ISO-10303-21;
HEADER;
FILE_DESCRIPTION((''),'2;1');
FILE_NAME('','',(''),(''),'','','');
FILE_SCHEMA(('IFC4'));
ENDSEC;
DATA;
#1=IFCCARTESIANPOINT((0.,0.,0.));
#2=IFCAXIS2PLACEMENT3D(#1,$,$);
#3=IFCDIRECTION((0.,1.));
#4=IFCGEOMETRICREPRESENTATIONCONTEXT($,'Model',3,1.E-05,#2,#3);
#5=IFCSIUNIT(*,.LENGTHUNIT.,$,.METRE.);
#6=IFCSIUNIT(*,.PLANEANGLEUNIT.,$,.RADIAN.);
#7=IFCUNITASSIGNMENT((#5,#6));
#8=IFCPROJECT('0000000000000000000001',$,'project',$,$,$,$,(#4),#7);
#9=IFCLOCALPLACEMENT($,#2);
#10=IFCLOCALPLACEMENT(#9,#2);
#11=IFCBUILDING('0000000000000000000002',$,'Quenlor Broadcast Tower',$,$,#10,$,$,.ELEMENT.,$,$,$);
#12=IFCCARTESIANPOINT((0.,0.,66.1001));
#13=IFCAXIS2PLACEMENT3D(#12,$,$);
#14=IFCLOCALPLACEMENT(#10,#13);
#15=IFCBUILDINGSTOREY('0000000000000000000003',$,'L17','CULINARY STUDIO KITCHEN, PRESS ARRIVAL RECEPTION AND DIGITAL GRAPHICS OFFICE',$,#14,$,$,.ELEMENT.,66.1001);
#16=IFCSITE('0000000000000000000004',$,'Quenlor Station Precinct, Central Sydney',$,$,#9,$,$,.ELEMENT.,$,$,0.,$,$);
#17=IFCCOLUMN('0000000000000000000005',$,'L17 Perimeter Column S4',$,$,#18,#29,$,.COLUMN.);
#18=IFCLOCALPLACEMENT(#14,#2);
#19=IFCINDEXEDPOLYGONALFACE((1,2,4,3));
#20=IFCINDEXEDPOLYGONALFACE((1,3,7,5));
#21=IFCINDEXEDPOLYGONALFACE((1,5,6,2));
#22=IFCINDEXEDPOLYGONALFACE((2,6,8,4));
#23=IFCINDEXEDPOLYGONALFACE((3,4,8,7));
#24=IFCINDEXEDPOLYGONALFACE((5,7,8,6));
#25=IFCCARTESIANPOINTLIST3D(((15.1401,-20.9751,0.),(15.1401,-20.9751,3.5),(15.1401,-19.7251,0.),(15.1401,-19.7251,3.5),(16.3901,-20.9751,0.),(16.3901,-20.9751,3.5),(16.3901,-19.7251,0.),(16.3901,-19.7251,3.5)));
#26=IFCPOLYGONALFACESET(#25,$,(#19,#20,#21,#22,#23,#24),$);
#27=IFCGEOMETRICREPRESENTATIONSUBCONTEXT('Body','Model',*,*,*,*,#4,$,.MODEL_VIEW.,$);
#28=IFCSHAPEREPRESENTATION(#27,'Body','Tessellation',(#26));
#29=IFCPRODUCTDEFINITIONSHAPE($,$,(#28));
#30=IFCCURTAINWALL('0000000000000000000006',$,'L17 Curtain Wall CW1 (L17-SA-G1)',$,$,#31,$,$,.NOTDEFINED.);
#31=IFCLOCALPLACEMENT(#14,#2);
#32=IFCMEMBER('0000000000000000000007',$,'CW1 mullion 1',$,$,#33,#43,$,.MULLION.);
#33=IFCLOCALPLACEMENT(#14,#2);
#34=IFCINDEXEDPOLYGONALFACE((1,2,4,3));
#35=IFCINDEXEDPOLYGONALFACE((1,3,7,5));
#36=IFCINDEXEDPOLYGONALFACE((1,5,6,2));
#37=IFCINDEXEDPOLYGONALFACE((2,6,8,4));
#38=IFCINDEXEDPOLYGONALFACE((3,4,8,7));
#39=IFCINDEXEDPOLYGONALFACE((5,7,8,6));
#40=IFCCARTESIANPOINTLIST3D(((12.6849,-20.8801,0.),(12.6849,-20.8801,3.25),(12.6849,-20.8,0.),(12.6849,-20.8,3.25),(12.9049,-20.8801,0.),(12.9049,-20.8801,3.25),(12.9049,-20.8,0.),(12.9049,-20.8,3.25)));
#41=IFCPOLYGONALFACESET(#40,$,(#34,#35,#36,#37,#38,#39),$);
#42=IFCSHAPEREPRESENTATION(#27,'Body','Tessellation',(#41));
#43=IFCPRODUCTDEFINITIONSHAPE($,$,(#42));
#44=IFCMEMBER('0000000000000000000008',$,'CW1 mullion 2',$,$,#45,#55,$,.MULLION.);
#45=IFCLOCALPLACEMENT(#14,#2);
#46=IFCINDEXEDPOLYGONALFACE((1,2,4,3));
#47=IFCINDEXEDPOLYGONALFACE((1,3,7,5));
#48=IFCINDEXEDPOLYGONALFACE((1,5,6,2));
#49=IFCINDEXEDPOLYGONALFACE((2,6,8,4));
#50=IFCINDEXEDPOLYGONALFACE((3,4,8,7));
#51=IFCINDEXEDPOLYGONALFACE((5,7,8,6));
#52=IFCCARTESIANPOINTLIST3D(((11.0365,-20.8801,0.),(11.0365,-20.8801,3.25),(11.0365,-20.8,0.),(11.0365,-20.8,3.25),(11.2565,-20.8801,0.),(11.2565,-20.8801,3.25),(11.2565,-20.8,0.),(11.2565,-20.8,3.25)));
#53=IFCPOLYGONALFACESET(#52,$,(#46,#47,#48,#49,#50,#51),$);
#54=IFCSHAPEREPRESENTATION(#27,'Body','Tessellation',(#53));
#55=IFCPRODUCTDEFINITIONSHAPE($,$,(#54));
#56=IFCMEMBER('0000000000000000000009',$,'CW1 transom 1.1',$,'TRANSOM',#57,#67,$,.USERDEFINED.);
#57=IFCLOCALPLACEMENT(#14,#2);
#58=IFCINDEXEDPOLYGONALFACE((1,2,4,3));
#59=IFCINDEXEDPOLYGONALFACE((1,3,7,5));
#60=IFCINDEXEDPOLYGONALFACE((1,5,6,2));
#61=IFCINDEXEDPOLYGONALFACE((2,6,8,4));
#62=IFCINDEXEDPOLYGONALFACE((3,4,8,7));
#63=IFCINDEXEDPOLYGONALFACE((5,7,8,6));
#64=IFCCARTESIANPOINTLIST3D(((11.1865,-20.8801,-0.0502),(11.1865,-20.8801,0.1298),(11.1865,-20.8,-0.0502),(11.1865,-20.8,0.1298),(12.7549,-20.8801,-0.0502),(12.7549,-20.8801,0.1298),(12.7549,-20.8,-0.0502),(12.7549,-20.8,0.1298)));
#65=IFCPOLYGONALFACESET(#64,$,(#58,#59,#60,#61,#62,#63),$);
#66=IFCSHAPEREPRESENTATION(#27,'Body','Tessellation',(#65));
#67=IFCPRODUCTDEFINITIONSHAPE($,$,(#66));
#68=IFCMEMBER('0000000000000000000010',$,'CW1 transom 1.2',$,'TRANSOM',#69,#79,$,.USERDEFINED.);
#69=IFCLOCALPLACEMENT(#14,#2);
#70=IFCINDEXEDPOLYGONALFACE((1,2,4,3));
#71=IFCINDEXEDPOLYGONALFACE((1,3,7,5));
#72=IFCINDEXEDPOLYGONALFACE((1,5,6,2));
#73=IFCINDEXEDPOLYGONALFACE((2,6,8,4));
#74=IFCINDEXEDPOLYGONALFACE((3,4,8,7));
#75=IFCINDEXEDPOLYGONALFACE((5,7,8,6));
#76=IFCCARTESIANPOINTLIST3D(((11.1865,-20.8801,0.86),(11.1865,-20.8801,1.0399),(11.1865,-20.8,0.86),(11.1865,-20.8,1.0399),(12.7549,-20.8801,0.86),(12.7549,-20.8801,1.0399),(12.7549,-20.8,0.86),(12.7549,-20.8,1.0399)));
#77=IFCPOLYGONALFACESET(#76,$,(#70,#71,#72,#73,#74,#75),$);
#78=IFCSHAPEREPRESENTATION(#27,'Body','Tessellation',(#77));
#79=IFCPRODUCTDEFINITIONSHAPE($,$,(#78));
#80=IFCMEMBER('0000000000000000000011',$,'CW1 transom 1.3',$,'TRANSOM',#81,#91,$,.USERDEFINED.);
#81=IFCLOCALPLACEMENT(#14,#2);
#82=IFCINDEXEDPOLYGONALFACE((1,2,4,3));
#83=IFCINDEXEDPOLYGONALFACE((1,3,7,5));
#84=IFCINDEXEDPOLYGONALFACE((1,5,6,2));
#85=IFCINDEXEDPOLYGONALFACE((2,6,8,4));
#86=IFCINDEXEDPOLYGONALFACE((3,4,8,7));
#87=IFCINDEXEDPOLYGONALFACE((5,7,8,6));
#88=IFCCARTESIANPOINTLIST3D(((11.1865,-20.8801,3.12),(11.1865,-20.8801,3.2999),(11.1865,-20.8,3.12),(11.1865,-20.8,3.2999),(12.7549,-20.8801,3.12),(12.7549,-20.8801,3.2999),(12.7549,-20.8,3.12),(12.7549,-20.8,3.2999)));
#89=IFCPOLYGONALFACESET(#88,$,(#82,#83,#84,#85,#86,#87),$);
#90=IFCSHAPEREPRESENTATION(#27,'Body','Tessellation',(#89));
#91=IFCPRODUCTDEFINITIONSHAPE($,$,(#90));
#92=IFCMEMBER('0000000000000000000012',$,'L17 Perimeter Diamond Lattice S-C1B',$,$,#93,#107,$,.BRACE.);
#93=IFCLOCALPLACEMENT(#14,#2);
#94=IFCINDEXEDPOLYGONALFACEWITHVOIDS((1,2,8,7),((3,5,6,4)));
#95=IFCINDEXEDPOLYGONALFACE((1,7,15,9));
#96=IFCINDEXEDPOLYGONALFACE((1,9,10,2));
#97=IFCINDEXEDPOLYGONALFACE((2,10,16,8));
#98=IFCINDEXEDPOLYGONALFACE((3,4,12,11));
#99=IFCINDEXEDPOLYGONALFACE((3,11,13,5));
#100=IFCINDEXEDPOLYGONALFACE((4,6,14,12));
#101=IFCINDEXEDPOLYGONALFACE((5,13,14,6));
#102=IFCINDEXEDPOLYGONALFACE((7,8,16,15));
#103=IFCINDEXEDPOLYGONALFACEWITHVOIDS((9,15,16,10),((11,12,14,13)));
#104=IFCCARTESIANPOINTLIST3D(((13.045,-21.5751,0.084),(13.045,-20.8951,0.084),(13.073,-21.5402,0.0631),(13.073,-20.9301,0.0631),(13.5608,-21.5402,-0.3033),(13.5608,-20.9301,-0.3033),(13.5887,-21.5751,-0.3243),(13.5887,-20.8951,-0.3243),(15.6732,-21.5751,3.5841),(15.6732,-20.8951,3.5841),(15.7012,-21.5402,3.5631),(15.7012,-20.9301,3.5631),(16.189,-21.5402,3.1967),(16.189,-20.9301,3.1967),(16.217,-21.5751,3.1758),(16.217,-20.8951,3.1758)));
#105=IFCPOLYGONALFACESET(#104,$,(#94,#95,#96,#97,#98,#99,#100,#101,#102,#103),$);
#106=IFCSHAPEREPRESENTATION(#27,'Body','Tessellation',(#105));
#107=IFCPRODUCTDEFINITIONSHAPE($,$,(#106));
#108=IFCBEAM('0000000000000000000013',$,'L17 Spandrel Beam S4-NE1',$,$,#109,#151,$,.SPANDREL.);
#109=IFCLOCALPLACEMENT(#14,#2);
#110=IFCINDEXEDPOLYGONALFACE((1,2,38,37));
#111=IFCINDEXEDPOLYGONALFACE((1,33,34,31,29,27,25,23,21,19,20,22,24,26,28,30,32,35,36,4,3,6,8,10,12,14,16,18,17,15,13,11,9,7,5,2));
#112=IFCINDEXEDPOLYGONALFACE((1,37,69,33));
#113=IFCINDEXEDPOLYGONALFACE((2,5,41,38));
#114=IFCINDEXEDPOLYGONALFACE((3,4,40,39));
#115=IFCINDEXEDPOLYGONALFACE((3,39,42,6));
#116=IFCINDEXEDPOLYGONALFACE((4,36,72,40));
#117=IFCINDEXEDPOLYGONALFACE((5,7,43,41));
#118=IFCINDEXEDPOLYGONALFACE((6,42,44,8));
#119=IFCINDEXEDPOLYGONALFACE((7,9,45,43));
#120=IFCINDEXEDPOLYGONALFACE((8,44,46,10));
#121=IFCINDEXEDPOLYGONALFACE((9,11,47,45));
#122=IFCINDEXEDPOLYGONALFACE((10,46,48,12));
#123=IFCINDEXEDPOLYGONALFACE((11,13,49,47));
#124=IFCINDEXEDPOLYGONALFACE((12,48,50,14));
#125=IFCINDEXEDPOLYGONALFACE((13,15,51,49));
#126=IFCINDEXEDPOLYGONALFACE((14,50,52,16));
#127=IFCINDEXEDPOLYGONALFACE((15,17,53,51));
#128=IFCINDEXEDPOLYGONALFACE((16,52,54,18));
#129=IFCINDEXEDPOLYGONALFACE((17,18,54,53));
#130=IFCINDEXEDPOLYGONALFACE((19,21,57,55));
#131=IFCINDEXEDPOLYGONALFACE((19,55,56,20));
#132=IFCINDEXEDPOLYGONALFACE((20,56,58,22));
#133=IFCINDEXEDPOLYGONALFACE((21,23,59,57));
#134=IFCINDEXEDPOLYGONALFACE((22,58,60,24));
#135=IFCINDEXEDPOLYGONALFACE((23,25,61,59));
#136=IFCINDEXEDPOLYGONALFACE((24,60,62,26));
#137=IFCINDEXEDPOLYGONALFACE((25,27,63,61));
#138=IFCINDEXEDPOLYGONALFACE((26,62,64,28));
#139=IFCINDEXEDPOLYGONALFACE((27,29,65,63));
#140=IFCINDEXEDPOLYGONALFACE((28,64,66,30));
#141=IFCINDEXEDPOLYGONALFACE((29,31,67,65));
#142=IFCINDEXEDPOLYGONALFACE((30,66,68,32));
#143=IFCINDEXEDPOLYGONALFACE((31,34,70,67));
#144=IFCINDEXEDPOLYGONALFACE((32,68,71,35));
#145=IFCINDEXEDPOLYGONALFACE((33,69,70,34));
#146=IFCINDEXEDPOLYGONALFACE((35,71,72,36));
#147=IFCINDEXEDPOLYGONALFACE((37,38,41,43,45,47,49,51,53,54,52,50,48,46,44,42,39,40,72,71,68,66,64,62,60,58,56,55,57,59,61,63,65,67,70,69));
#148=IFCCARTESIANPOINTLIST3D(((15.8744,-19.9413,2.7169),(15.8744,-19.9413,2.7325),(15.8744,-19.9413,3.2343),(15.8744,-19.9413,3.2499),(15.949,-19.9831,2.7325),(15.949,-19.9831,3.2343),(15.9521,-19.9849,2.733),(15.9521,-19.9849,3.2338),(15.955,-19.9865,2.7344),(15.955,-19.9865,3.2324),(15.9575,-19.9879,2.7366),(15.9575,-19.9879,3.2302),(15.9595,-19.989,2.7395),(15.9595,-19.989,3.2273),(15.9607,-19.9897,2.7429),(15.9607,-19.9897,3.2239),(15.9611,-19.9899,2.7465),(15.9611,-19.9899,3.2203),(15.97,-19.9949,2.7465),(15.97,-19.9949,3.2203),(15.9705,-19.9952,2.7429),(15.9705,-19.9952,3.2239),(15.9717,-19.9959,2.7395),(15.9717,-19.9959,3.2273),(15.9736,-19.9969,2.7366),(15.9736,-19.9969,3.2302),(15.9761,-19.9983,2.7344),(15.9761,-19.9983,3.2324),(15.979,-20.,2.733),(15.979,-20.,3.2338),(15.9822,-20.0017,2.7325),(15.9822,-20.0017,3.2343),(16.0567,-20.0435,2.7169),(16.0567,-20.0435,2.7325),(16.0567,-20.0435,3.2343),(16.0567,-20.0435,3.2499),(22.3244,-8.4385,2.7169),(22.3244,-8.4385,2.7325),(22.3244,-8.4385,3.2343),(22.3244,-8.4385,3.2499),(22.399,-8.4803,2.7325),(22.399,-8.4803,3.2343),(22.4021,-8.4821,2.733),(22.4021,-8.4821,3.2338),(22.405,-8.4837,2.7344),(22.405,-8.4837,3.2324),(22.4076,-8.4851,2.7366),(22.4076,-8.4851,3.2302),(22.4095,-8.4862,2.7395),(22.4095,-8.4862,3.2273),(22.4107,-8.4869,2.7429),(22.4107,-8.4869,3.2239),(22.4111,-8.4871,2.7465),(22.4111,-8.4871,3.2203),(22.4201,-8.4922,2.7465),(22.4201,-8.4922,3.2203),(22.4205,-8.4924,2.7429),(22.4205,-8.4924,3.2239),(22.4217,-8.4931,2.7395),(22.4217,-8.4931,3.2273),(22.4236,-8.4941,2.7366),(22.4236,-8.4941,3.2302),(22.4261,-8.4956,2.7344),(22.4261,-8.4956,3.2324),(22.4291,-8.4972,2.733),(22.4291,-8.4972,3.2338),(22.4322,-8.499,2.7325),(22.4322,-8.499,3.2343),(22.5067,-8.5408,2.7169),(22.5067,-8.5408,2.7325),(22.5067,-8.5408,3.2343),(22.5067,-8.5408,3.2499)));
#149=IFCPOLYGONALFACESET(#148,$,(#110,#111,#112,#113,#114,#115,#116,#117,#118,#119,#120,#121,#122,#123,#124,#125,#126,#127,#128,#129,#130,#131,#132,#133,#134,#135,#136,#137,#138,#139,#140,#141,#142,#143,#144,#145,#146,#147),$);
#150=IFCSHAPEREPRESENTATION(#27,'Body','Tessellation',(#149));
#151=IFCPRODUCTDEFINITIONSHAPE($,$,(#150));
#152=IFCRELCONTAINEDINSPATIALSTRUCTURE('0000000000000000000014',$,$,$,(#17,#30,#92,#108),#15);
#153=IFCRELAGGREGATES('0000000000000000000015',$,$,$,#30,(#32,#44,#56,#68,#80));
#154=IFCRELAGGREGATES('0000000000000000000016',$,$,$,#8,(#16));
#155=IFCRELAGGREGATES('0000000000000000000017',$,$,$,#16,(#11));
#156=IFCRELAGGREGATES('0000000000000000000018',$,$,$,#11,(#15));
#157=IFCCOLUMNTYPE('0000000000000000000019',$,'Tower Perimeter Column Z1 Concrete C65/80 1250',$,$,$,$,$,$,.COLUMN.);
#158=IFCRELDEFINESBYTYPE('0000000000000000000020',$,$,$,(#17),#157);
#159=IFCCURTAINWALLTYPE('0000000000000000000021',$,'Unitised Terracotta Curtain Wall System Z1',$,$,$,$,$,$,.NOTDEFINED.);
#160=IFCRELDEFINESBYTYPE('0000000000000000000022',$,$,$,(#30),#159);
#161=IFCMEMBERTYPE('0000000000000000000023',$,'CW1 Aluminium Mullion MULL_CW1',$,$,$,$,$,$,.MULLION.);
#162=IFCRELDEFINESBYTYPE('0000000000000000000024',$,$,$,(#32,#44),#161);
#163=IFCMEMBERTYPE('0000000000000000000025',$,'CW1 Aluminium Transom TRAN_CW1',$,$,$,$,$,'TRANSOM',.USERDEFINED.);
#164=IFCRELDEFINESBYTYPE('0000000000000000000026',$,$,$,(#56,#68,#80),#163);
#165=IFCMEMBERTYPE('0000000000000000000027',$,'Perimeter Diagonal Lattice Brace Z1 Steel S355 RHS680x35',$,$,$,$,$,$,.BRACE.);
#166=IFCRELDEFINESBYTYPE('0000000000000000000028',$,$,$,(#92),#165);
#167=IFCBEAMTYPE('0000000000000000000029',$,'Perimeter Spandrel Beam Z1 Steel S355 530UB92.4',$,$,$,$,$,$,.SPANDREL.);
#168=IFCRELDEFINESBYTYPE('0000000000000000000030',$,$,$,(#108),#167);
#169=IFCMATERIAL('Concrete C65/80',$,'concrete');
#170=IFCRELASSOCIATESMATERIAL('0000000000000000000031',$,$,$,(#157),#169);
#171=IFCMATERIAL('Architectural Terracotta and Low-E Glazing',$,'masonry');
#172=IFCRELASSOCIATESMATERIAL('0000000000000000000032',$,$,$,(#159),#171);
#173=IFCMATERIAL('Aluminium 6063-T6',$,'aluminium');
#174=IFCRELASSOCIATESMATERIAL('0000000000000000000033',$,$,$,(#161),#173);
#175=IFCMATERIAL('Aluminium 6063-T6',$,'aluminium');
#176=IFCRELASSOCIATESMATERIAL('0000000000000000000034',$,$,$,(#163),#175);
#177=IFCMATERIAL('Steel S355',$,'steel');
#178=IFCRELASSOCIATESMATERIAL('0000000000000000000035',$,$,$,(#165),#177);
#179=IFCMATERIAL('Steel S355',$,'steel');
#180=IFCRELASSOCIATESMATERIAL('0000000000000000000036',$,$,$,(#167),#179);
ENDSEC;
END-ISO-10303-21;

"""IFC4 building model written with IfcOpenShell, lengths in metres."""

from ifc_helpers import new_model, si_unit, direction, frame, origin, origin_2d, place, context, subcontext, project, spatial, rectangle, hollow_rectangle, i_section, extrude, material, material_profile, profile_set, type_object, element, aggregate, save


model = new_model("IFC4")

# Units and contexts
model_context = context("Model", 3, precision=1e-05, world=origin(), true_north=direction((0.0, 1.0)))
body_context = subcontext(model_context, "Body", "Model", "MODEL_VIEW")
ifc_project = project(units=[si_unit("LENGTHUNIT", "METRE"), si_unit("PLANEANGLEUNIT", "RADIAN")], contexts=[model_context])

# Site, building, storey
site_placement = place(None, origin())
site = spatial("IfcSite", under=ifc_project, at=site_placement, Name="Quenlor Station Precinct, Central Sydney", CompositionType="ELEMENT", RefElevation=0.0)
building_placement = place(site_placement, origin())
building = spatial("IfcBuilding", under=site, at=building_placement, Name="Quenlor Broadcast Tower", CompositionType="ELEMENT")
storey_placement = place(building_placement, frame((0.0, 0.0, 66.1001)))
storey = spatial("IfcBuildingStorey", under=building, at=storey_placement, Name="L17", Description="CULINARY STUDIO KITCHEN, PRESS ARRIVAL RECEPTION AND DIGITAL GRAPHICS OFFICE", CompositionType="ELEMENT", Elevation=66.1001)

# Column
ifc_material_1 = material(Name="Concrete C65/80", Category="concrete")
ifc_material_profile_1 = material_profile(ifc_material_1, rectangle(XDim=1.25, YDim=1.25, at=origin_2d()))
ifc_profile_set_1 = profile_set([ifc_material_profile_1], Name="Concrete C65/80 RC1250x1250")
column_type = type_object("IfcColumnType", Name="Tower Perimeter Column Z1 Concrete C65/80 1250", PredefinedType="COLUMN", material=ifc_profile_set_1)
column_placement = place(storey_placement, frame((15.7651, -20.3501, 0.0), z_axis=(0.0, 0.0, 1.0), x_axis=(0.0, 1.0, 0.0)))
element("IfcColumn", 1, at=column_placement, inside=storey, type_object=column_type, Name="L17 Perimeter Column S4", PredefinedType="COLUMN", context=body_context, shape_type="SweptSolid", body=[
    extrude(rectangle(XDim=1.25, YDim=1.25, at=origin_2d()), origin(), (0.0, 0.0, 1.0), 3.5),
])

# Curtain wall, members
ifc_material_2 = material(Name="Architectural Terracotta and Low-E Glazing", Category="masonry")
curtain_wall_type = type_object("IfcCurtainWallType", Name="Unitised Terracotta Curtain Wall System Z1", PredefinedType="NOTDEFINED", material=ifc_material_2)
curtain_wall_placement = place(storey_placement, origin())
curtain_wall = element("IfcCurtainWall", 2, at=curtain_wall_placement, inside=storey, type_object=curtain_wall_type, Name="L17 Curtain Wall CW1 (L17-SA-G1)", PredefinedType="NOTDEFINED")
ifc_material_3 = material(Name="Aluminium 6063-T6", Category="aluminium")
ifc_material_profile_2 = material_profile(ifc_material_3, rectangle(XDim=0.0801, YDim=0.22, at=origin_2d()))
ifc_profile_set_2 = profile_set([ifc_material_profile_2], Name="Aluminium 6063-T6 MULL80x220")
member_type_1 = type_object("IfcMemberType", Name="CW1 Aluminium Mullion MULL_CW1", PredefinedType="MULLION", material=ifc_profile_set_2)
member_1_placement = place(storey_placement, frame((12.7949, -20.8401, 0.0), z_axis=(0.0, 0.0, 1.0), x_axis=(0.0, -1.0, 0.0)))
member_1 = element("IfcMember", 3, at=member_1_placement, type_object=member_type_1, Name="CW1 mullion 1", PredefinedType="MULLION", context=body_context, shape_type="SweptSolid", body=[
    extrude(rectangle(XDim=0.0801, YDim=0.22, at=origin_2d()), origin(), (0.0, 0.0, 1.0), 3.25),
])
member_2_placement = place(storey_placement, frame((11.1465, -20.8401, 0.0), z_axis=(0.0, 0.0, 1.0), x_axis=(0.0, -1.0, 0.0)))
member_2 = element("IfcMember", 4, at=member_2_placement, type_object=member_type_1, Name="CW1 mullion 2", PredefinedType="MULLION", context=body_context, shape_type="SweptSolid", body=[
    extrude(rectangle(XDim=0.0801, YDim=0.22, at=origin_2d()), origin(), (0.0, 0.0, 1.0), 3.25),
])
ifc_material_4 = material(Name="Aluminium 6063-T6", Category="aluminium")
ifc_material_profile_3 = material_profile(ifc_material_4, rectangle(XDim=0.0801, YDim=0.1799, at=origin_2d()))
ifc_profile_set_3 = profile_set([ifc_material_profile_3], Name="Aluminium 6063-T6 TRAN80x180")
member_type_2 = type_object("IfcMemberType", Name="CW1 Aluminium Transom TRAN_CW1", ElementType="TRANSOM", PredefinedType="USERDEFINED", material=ifc_profile_set_3)
member_3_placement = place(storey_placement, frame((12.7549, -20.8401, 0.0398), z_axis=(-1.0, 0.0, 0.0), x_axis=(0.0, -1.0, 0.0)))
member_3 = element("IfcMember", 5, at=member_3_placement, type_object=member_type_2, Name="CW1 transom 1.1", ObjectType="TRANSOM", PredefinedType="USERDEFINED", context=body_context, shape_type="SweptSolid", body=[
    extrude(rectangle(XDim=0.0801, YDim=0.1799, at=origin_2d()), origin(), (0.0, 0.0, 1.0), 1.5684),
])
member_4_placement = place(storey_placement, frame((12.7549, -20.8401, 0.95), z_axis=(-1.0, 0.0, 0.0), x_axis=(0.0, -1.0, 0.0)))
member_4 = element("IfcMember", 6, at=member_4_placement, type_object=member_type_2, Name="CW1 transom 1.2", ObjectType="TRANSOM", PredefinedType="USERDEFINED", context=body_context, shape_type="SweptSolid", body=[
    extrude(rectangle(XDim=0.0801, YDim=0.1799, at=origin_2d()), origin(), (0.0, 0.0, 1.0), 1.5684),
])
member_5_placement = place(storey_placement, frame((12.7549, -20.8401, 3.21), z_axis=(-1.0, 0.0, 0.0), x_axis=(0.0, -1.0, 0.0)))
member_5 = element("IfcMember", 7, at=member_5_placement, type_object=member_type_2, Name="CW1 transom 1.3", ObjectType="TRANSOM", PredefinedType="USERDEFINED", context=body_context, shape_type="SweptSolid", body=[
    extrude(rectangle(XDim=0.0801, YDim=0.1799, at=origin_2d()), origin(), (0.0, 0.0, 1.0), 1.5684),
])

# Member
ifc_material_5 = material(Name="Steel S355", Category="steel")
ifc_material_profile_4 = material_profile(ifc_material_5, hollow_rectangle(XDim=0.6799, YDim=0.6799, WallThickness=0.0349, at=origin_2d()))
ifc_profile_set_4 = profile_set([ifc_material_profile_4], Name="Steel S355 RHS680x680x35")
member_type_3 = type_object("IfcMemberType", Name="Perimeter Diagonal Lattice Brace Z1 Steel S355 RHS680x35", PredefinedType="BRACE", material=ifc_profile_set_4)
member_6_placement = place(storey_placement, frame((13.3169, -21.2351, -0.1201), z_axis=(0.600464, 0.0, 0.799652), x_axis=(0.0, 1.0, 0.0)))
element("IfcMember", 8, at=member_6_placement, inside=storey, type_object=member_type_3, Name="L17 Perimeter Diamond Lattice S-C1B", PredefinedType="BRACE", context=body_context, shape_type="SweptSolid", body=[
    extrude(hollow_rectangle(XDim=0.6799, YDim=0.6799, WallThickness=0.0349, at=origin_2d()), origin(), (0.0, 0.0, 1.0), 4.377),
])

# Beam
ifc_material_6 = material(Name="Steel S355", Category="steel")
ifc_material_profile_5 = material_profile(ifc_material_6, i_section(OverallWidth=0.209, OverallDepth=0.533, WebThickness=0.0103, FlangeThickness=0.0156, FilletRadius=0.0139, at=origin_2d()))
ifc_profile_set_5 = profile_set([ifc_material_profile_5], Name="Steel S355 530UB92.4")
beam_type_1 = type_object("IfcBeamType", Name="Perimeter Spandrel Beam Z1 Steel S355 530UB92.4", PredefinedType="SPANDREL", material=ifc_profile_set_5)
beam_1_placement = place(storey_placement, frame((15.9656, -19.9924, 2.9834), z_axis=(0.489091, 0.872233, 0.0), x_axis=(-0.872233, 0.489091, 0.0)))
element("IfcBeam", 9, at=beam_1_placement, inside=storey, type_object=beam_type_1, Name="L17 Spandrel Beam S4-NE1", PredefinedType="SPANDREL", context=body_context, shape_type="SweptSolid", body=[
    extrude(i_section(OverallWidth=0.209, OverallDepth=0.533, WebThickness=0.0103, FlangeThickness=0.0156, FilletRadius=0.0139, at=origin_2d()), origin(), (0.0, 0.0, 1.0), 13.1877),
])

aggregate(curtain_wall, [member_1, member_2, member_3, member_4, member_5])

save(model, "model.ifc")
